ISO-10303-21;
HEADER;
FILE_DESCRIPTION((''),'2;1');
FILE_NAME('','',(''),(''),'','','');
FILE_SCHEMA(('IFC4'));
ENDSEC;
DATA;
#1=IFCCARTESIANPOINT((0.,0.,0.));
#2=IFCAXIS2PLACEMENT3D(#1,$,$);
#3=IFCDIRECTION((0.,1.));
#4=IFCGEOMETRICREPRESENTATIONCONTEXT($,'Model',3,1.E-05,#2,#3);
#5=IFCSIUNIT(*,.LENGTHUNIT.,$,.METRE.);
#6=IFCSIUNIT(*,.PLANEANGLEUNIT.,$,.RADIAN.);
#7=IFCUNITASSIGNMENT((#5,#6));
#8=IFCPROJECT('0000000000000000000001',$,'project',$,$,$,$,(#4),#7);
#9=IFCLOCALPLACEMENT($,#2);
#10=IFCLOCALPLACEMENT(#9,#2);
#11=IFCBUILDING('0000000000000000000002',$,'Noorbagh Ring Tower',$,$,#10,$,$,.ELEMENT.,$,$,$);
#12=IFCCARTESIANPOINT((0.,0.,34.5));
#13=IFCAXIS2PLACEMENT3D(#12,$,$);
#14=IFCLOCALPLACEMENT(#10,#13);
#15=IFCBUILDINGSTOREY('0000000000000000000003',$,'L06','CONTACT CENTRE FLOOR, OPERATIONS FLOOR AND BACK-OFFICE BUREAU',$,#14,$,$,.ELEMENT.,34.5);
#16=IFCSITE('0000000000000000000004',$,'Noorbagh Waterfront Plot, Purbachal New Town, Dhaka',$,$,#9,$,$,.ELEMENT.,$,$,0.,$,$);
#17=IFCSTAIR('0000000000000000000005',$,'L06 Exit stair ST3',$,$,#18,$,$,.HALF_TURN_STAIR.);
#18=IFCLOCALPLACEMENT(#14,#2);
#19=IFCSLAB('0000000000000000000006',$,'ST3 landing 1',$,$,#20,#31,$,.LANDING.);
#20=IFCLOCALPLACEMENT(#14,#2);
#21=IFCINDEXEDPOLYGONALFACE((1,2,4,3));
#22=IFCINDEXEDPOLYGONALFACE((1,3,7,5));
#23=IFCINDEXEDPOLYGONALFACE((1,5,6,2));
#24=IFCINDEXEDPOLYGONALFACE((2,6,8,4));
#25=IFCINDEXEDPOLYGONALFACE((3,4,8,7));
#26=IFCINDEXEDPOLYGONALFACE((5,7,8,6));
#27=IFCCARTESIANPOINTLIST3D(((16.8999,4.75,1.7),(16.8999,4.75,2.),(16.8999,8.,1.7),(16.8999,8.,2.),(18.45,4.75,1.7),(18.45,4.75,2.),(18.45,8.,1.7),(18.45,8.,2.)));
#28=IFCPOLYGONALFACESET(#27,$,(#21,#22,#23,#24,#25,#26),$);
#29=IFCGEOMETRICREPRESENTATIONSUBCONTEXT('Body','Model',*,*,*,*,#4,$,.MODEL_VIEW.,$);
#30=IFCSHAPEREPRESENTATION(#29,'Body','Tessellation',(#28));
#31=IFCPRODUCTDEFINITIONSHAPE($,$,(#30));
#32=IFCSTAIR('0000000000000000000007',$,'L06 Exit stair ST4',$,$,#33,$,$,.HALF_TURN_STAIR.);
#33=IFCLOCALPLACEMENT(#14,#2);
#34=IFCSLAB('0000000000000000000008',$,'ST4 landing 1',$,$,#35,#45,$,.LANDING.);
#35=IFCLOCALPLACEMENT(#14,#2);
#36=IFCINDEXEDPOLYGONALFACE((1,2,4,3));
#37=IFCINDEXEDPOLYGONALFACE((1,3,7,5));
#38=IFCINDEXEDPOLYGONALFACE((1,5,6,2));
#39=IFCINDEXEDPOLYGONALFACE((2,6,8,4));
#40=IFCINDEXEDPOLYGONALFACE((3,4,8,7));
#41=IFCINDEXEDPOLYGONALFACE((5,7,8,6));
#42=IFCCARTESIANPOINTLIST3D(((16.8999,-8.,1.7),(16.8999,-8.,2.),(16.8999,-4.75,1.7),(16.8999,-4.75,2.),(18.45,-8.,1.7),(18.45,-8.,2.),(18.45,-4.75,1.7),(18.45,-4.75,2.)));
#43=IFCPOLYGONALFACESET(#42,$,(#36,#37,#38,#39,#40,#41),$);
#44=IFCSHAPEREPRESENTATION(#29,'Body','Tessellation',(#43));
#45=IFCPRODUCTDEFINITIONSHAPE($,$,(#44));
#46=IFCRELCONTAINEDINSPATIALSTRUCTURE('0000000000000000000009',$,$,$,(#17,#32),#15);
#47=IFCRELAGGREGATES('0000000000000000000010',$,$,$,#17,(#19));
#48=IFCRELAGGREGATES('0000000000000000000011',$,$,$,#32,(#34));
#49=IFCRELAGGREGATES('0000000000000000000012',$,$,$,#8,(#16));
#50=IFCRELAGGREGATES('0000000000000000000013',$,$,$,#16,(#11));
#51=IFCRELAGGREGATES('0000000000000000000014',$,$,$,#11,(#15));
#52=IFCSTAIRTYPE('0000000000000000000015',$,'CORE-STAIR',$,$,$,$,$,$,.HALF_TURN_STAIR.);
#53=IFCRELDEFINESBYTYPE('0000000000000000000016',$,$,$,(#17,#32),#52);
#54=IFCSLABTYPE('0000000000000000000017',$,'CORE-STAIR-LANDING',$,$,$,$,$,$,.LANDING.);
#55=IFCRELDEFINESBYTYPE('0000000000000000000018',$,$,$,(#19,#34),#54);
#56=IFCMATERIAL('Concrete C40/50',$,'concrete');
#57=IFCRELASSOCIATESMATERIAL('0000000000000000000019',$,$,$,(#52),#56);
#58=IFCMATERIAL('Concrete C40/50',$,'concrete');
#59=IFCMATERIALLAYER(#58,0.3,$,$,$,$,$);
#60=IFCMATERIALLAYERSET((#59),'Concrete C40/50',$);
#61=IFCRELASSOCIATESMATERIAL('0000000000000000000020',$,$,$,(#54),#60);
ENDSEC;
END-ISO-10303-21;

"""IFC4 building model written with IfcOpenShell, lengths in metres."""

from ifc_helpers import new_model, si_unit, direction, frame, origin, place, context, subcontext, project, spatial, polyline, outline, extrude, material, layer, layer_set, type_object, element, aggregate, save


model = new_model("IFC4")

# Units and contexts
model_context = context("Model", 3, precision=1e-05, world=origin(), true_north=direction((0.0, 1.0)))
body_context = subcontext(model_context, "Body", "Model", "MODEL_VIEW")
ifc_project = project(units=[si_unit("LENGTHUNIT", "METRE"), si_unit("PLANEANGLEUNIT", "RADIAN")], contexts=[model_context])

# Site, building, storey
site_placement = place(None, origin())
building_placement = place(site_placement, origin())
storey_placement = place(building_placement, frame((0.0, 0.0, 34.5)))
site = spatial("IfcSite", under=ifc_project, at=site_placement, Name="Noorbagh Waterfront Plot, Purbachal New Town, Dhaka", CompositionType="ELEMENT", RefElevation=0.0)
building = spatial("IfcBuilding", under=site, at=building_placement, Name="Noorbagh Ring Tower", CompositionType="ELEMENT")
storey = spatial("IfcBuildingStorey", under=building, at=storey_placement, Name="L06", Description="CONTACT CENTRE FLOOR, OPERATIONS FLOOR AND BACK-OFFICE BUREAU", CompositionType="ELEMENT", Elevation=34.5)

# Stairs, slabs
ifc_material_1 = material(Name="Concrete C40/50", Category="concrete")
stair_type = type_object("IfcStairType", Name="CORE-STAIR", PredefinedType="HALF_TURN_STAIR", material=ifc_material_1)
ifc_material_2 = material(Name="Concrete C40/50", Category="concrete")
ifc_layer_1 = layer(ifc_material_2, 0.3)
ifc_layer_set_1 = layer_set([ifc_layer_1], Name="Concrete C40/50")
slab_type = type_object("IfcSlabType", Name="CORE-STAIR-LANDING", PredefinedType="LANDING", material=ifc_layer_set_1)
stair_1_placement = place(storey_placement, origin())
stair_1 = element("IfcStair", 1, at=stair_1_placement, inside=storey, type_object=stair_type, Name="L06 Exit stair ST3", PredefinedType="HALF_TURN_STAIR")
slab_1_placement = place(storey_placement, frame((0.0, 0.0, 1.7)))
slab_1 = element("IfcSlab", 2, at=slab_1_placement, type_object=slab_type, Name="ST3 landing 1", PredefinedType="LANDING", context=body_context, shape_type="SweptSolid", body=[
    extrude(outline(polyline([(18.45, 8.0), (16.8999, 8.0), (16.8999, 4.75), (18.45, 4.75), (18.45, 8.0)])), origin(), (0.0, 0.0, 1.0), 0.3),
])
aggregate(stair_1, [slab_1])
stair_2_placement = place(storey_placement, origin())
stair_2 = element("IfcStair", 3, at=stair_2_placement, inside=storey, type_object=stair_type, Name="L06 Exit stair ST4", PredefinedType="HALF_TURN_STAIR")
slab_2_placement = place(storey_placement, frame((0.0, 0.0, 1.7)))
slab_2 = element("IfcSlab", 4, at=slab_2_placement, type_object=slab_type, Name="ST4 landing 1", PredefinedType="LANDING", context=body_context, shape_type="SweptSolid", body=[
    extrude(outline(polyline([(18.45, -4.75), (16.8999, -4.75), (16.8999, -8.0), (18.45, -8.0), (18.45, -4.75)])), origin(), (0.0, 0.0, 1.0), 0.3),
])
aggregate(stair_2, [slab_2])

save(model, "model.ifc")
